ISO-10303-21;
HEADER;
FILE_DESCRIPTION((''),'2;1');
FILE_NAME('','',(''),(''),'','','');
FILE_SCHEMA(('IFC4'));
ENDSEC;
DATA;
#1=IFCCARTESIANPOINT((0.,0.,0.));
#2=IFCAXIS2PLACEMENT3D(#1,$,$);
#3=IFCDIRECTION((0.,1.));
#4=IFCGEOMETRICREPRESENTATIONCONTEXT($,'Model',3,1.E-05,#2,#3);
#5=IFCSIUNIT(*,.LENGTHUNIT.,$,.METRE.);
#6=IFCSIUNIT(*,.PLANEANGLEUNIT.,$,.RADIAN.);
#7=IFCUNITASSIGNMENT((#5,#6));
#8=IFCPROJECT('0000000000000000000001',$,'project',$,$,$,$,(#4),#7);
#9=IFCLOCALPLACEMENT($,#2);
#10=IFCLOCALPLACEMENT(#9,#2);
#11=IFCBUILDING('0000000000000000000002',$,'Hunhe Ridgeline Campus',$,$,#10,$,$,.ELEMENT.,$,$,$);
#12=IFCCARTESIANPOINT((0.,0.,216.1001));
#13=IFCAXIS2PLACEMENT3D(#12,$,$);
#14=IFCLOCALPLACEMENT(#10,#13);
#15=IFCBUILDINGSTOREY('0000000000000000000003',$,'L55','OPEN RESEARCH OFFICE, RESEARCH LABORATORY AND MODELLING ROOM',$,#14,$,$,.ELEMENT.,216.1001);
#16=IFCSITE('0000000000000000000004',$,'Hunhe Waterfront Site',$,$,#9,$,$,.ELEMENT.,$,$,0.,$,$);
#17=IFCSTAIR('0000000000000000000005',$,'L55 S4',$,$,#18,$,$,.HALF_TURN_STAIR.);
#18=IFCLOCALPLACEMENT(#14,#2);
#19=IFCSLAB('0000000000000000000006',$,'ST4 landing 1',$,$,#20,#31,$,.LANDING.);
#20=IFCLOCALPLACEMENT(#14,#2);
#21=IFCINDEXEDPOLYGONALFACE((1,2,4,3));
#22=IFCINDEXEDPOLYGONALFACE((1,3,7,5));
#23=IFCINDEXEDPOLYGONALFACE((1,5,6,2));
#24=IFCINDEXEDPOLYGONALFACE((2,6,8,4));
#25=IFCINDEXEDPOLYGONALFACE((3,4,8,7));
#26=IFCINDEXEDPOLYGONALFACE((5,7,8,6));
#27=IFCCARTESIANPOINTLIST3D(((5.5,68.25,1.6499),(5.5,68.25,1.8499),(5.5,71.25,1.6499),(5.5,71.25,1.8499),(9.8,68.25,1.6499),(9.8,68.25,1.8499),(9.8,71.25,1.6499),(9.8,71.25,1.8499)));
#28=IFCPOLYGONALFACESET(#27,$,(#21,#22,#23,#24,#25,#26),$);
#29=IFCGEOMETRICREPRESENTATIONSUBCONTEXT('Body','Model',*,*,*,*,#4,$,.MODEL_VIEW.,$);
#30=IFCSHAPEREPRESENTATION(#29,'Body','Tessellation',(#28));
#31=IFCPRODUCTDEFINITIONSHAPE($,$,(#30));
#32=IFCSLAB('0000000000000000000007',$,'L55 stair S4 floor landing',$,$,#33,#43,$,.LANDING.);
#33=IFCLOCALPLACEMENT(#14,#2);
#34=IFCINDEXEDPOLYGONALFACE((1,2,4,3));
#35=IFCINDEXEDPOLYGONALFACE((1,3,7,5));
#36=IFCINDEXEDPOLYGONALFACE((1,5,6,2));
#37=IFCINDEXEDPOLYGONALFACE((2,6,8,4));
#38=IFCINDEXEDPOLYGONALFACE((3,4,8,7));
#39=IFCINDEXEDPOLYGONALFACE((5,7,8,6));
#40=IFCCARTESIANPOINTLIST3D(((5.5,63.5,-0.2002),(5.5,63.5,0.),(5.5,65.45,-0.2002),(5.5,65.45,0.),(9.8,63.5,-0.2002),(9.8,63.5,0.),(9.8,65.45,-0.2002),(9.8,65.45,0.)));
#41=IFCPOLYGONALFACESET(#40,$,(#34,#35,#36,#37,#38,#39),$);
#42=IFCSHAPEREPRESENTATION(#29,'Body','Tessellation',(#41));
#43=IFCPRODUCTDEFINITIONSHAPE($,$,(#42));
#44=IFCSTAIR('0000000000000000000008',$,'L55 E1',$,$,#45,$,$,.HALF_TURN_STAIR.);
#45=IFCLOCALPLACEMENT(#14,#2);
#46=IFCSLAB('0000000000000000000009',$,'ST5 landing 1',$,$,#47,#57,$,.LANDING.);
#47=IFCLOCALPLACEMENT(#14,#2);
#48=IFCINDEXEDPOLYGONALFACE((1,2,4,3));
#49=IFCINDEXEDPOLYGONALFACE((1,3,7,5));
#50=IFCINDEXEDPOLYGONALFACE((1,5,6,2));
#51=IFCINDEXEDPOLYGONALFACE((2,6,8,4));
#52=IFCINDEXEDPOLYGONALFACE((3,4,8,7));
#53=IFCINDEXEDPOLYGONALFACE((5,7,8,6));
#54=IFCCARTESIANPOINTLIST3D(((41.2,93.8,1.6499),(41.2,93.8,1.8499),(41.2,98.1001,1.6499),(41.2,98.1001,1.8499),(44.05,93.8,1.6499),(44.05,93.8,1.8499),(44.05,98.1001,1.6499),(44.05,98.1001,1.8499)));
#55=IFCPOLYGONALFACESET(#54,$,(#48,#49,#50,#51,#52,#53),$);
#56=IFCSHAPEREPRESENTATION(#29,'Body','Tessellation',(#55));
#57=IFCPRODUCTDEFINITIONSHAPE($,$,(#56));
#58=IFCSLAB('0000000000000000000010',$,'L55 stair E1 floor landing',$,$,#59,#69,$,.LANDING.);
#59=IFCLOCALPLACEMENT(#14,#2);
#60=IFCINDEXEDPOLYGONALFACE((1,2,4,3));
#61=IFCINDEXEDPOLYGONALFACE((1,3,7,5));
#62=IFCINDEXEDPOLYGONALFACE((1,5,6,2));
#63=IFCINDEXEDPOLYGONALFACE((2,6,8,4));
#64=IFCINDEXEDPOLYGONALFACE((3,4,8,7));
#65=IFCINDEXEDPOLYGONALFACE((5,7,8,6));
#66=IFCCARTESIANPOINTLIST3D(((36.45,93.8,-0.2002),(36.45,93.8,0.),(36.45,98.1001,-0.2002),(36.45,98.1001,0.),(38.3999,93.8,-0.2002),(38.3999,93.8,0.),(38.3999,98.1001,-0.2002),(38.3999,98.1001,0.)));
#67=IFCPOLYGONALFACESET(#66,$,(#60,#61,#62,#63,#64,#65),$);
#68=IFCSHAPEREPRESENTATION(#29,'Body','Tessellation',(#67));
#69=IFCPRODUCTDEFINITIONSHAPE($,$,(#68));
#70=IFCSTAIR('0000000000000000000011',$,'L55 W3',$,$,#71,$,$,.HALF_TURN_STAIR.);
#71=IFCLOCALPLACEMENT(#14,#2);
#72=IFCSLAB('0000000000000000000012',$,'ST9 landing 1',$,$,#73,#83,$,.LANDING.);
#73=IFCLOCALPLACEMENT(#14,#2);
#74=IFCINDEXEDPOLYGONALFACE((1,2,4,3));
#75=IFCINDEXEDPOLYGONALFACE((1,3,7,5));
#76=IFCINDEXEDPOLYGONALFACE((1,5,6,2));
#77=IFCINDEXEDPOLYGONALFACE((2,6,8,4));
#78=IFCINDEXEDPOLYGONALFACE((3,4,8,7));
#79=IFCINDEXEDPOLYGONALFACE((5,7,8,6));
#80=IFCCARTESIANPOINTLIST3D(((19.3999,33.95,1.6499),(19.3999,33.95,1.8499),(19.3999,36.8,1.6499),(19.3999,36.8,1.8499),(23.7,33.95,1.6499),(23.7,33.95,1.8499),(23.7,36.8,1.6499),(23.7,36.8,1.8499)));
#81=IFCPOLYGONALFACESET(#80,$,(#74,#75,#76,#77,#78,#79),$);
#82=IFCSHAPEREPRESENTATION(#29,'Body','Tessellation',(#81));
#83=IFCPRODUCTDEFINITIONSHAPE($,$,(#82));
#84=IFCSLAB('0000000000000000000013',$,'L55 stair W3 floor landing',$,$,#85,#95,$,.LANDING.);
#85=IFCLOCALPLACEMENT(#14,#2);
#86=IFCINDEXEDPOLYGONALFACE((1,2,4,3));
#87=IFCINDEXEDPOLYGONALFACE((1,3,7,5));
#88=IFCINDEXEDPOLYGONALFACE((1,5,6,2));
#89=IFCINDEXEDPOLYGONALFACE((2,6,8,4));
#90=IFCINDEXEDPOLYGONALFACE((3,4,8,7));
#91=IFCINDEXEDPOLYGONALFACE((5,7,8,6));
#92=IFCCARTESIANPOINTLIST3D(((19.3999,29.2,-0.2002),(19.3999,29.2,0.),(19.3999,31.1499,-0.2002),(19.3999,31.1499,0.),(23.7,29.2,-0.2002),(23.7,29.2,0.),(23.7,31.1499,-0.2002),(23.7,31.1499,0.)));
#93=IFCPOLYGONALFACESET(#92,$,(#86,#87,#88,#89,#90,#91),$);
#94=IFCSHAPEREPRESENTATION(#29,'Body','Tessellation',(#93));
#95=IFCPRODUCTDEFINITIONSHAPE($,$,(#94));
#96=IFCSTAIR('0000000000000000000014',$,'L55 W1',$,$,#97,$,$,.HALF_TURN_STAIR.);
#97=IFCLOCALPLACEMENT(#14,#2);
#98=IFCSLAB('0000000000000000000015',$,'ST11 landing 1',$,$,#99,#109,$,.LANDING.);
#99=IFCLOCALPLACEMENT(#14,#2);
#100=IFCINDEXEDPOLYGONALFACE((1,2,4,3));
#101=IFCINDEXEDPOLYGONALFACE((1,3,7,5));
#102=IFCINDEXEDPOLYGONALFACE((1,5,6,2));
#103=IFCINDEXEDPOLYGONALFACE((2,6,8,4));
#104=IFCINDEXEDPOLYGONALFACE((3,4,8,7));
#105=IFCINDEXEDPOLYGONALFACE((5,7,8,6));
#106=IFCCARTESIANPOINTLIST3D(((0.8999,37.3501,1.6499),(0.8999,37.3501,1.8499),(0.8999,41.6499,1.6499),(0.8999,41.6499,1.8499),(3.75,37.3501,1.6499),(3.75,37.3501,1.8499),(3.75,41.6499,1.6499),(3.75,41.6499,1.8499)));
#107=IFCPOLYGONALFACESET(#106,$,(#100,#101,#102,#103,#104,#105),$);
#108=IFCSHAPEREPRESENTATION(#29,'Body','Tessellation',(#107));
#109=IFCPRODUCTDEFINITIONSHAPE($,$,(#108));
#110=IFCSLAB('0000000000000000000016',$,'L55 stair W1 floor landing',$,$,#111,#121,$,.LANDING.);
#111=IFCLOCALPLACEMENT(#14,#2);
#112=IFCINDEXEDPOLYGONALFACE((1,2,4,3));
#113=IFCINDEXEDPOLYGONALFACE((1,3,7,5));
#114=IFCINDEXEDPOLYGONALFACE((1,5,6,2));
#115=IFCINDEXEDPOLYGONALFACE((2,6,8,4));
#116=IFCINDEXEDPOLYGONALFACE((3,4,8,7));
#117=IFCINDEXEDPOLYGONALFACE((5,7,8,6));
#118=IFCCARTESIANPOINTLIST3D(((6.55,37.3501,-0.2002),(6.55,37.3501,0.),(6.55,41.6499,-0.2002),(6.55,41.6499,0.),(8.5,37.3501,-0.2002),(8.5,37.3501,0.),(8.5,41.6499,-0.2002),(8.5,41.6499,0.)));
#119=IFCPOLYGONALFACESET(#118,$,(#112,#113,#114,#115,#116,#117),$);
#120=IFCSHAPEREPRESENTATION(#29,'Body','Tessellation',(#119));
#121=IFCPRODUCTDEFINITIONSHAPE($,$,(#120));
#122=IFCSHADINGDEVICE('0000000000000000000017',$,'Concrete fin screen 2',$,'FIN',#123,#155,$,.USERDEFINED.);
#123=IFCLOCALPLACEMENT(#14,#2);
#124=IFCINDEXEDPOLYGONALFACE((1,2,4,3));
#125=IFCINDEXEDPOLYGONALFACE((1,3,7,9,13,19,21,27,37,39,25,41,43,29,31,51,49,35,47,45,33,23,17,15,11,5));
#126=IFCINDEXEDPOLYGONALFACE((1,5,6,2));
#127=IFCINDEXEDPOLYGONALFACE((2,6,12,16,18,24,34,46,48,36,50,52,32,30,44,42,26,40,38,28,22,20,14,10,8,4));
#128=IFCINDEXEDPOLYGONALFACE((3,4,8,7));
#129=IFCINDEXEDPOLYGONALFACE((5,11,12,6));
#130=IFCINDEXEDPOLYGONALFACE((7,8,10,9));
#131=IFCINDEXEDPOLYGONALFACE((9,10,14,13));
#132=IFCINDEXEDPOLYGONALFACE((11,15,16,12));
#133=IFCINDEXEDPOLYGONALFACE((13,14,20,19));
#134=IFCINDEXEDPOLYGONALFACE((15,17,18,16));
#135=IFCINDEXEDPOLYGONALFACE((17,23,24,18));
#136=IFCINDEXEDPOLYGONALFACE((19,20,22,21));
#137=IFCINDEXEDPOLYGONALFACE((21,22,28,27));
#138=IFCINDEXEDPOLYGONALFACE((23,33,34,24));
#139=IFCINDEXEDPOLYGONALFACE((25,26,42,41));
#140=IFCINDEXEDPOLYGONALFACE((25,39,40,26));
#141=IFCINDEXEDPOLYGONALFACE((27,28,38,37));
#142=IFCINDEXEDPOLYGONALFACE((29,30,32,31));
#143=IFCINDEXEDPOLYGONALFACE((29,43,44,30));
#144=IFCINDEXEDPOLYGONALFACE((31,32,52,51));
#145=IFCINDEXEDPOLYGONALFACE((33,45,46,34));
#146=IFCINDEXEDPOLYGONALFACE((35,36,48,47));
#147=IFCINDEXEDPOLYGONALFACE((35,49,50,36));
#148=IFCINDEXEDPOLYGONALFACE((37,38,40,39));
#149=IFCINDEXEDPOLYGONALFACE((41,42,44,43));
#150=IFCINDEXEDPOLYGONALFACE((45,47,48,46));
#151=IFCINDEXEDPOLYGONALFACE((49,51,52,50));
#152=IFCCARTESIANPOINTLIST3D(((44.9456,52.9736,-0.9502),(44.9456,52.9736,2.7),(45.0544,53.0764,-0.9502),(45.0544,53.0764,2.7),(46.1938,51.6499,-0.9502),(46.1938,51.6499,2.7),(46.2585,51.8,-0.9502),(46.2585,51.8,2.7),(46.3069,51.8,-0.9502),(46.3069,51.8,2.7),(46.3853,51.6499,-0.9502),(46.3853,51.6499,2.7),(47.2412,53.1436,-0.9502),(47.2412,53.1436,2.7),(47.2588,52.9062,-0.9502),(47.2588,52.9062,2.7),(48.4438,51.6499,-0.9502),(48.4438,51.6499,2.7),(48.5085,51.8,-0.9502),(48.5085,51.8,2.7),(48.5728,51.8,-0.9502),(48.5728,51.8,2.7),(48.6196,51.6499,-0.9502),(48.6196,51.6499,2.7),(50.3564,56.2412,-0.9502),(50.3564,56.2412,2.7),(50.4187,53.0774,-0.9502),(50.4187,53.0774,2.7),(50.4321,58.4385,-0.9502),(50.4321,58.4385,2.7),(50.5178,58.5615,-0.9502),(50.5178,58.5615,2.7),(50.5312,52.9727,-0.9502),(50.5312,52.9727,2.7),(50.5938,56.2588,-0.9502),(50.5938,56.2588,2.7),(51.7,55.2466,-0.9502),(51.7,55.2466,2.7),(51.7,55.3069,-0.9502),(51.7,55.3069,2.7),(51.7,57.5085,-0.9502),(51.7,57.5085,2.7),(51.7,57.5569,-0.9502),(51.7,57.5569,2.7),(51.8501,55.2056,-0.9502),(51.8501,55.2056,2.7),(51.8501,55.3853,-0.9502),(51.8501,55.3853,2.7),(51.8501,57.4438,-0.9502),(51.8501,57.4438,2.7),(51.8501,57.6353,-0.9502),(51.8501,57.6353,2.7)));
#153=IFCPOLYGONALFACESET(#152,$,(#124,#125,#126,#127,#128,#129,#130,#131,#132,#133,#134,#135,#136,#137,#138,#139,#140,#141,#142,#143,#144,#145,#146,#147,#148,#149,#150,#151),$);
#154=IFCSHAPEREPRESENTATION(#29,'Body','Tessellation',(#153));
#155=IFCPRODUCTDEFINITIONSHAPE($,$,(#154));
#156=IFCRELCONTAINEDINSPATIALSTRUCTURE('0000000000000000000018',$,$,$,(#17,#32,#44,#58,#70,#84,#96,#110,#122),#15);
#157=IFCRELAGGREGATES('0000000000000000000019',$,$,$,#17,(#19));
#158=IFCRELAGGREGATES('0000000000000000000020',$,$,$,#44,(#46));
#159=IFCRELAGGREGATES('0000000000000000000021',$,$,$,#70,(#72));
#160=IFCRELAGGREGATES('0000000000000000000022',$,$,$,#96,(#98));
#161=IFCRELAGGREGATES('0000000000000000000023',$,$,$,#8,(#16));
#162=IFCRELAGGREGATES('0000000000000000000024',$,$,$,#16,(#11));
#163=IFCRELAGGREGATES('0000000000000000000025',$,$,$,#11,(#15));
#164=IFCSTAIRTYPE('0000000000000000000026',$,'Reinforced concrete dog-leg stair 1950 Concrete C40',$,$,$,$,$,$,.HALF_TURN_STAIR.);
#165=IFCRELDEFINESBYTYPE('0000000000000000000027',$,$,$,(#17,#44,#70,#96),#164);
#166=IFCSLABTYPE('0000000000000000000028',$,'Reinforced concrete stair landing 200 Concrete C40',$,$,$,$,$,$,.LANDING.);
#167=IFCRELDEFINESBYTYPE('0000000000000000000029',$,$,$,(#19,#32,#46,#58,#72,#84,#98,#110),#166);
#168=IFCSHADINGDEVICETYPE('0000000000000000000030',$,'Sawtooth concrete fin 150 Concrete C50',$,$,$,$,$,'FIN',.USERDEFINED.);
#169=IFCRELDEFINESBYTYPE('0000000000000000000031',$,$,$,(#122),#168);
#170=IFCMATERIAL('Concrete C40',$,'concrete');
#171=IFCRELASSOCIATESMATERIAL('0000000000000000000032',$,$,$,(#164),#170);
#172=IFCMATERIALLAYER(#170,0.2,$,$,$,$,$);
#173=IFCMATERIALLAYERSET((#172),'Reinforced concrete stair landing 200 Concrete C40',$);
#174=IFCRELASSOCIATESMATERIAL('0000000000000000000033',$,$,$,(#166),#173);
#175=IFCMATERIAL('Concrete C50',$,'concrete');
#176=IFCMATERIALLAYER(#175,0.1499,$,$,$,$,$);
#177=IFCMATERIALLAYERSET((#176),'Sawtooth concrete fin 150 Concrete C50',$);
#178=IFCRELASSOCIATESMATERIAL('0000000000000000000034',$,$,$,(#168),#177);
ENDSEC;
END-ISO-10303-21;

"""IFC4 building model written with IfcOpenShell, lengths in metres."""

from ifc_helpers import new_model, si_unit, direction, frame, origin, place, context, subcontext, project, spatial, polyline, outline, extrude, material, layer, layer_set, type_object, element, aggregate, save


model = new_model("IFC4")

# Units and contexts
model_context = context("Model", 3, precision=1e-05, world=origin(), true_north=direction((0.0, 1.0)))
body_context = subcontext(model_context, "Body", "Model", "MODEL_VIEW")
ifc_project = project(units=[si_unit("LENGTHUNIT", "METRE"), si_unit("PLANEANGLEUNIT", "RADIAN")], contexts=[model_context])

# Site, building, storey
site_placement = place(None, origin())
site = spatial("IfcSite", under=ifc_project, at=site_placement, Name="Hunhe Waterfront Site", CompositionType="ELEMENT", RefElevation=0.0)
building_placement = place(site_placement, origin())
building = spatial("IfcBuilding", under=site, at=building_placement, Name="Hunhe Ridgeline Campus", CompositionType="ELEMENT")
storey_placement = place(building_placement, frame((0.0, 0.0, 216.1001)))
storey = spatial("IfcBuildingStorey", under=building, at=storey_placement, Name="L55", Description="OPEN RESEARCH OFFICE, RESEARCH LABORATORY AND MODELLING ROOM", CompositionType="ELEMENT", Elevation=216.1001)

# Shared definitions
ifc_material_1 = material(Name="Concrete C40", Category="concrete")

# Shared definitions
stair_type = type_object("IfcStairType", Name="Reinforced concrete dog-leg stair 1950 Concrete C40", PredefinedType="HALF_TURN_STAIR", material=ifc_material_1)
ifc_layer_1 = layer(ifc_material_1, 0.2)
ifc_layer_set_1 = layer_set([ifc_layer_1], Name="Reinforced concrete stair landing 200 Concrete C40")
slab_type_1 = type_object("IfcSlabType", Name="Reinforced concrete stair landing 200 Concrete C40", PredefinedType="LANDING", material=ifc_layer_set_1)

# Stair, slab
stair_1_placement = place(storey_placement, origin())
stair_1 = element("IfcStair", 1, at=stair_1_placement, inside=storey, type_object=stair_type, Name="L55 S4", PredefinedType="HALF_TURN_STAIR")
slab_1_placement = place(storey_placement, frame((0.0, 0.0, 1.6499)))
slab_1 = element("IfcSlab", 2, at=slab_1_placement, type_object=slab_type_1, Name="ST4 landing 1", PredefinedType="LANDING", context=body_context, shape_type="SweptSolid", body=[
    extrude(outline(polyline([(9.8, 68.25), (9.8, 71.25), (5.5, 71.25), (5.5, 68.25), (9.8, 68.25)])), origin(), (0.0, 0.0, 1.0), 0.2),
])
aggregate(stair_1, [slab_1])

# Slab
slab_2_placement = place(storey_placement, frame((0.0, 0.0, -0.2002)))
element("IfcSlab", 3, at=slab_2_placement, inside=storey, type_object=slab_type_1, Name="L55 stair S4 floor landing", PredefinedType="LANDING", context=body_context, shape_type="SweptSolid", body=[
    extrude(outline(polyline([(9.8, 63.5), (9.8, 65.45), (5.5, 65.45), (5.5, 63.5), (9.8, 63.5)])), origin(), (0.0, 0.0, 1.0), 0.2002),
])

# Stair, slab
stair_2_placement = place(storey_placement, origin())
stair_2 = element("IfcStair", 4, at=stair_2_placement, inside=storey, type_object=stair_type, Name="L55 E1", PredefinedType="HALF_TURN_STAIR")
slab_3_placement = place(storey_placement, frame((0.0, 0.0, 1.6499)))
slab_3 = element("IfcSlab", 5, at=slab_3_placement, type_object=slab_type_1, Name="ST5 landing 1", PredefinedType="LANDING", context=body_context, shape_type="SweptSolid", body=[
    extrude(outline(polyline([(41.2, 93.8), (44.05, 93.8), (44.05, 98.1001), (41.2, 98.1001), (41.2, 93.8)])), origin(), (0.0, 0.0, 1.0), 0.2),
])
aggregate(stair_2, [slab_3])

# Slab
slab_4_placement = place(storey_placement, frame((0.0, 0.0, -0.2002)))
element("IfcSlab", 6, at=slab_4_placement, inside=storey, type_object=slab_type_1, Name="L55 stair E1 floor landing", PredefinedType="LANDING", context=body_context, shape_type="SweptSolid", body=[
    extrude(outline(polyline([(36.45, 93.8), (38.3999, 93.8), (38.3999, 98.1001), (36.45, 98.1001), (36.45, 93.8)])), origin(), (0.0, 0.0, 1.0), 0.2002),
])

# Stair, slab
stair_3_placement = place(storey_placement, origin())
stair_3 = element("IfcStair", 7, at=stair_3_placement, inside=storey, type_object=stair_type, Name="L55 W3", PredefinedType="HALF_TURN_STAIR")
slab_5_placement = place(storey_placement, frame((0.0, 0.0, 1.6499)))
slab_5 = element("IfcSlab", 8, at=slab_5_placement, type_object=slab_type_1, Name="ST9 landing 1", PredefinedType="LANDING", context=body_context, shape_type="SweptSolid", body=[
    extrude(outline(polyline([(23.7, 33.95), (23.7, 36.8), (19.3999, 36.8), (19.3999, 33.95), (23.7, 33.95)])), origin(), (0.0, 0.0, 1.0), 0.2),
])
aggregate(stair_3, [slab_5])

# Slab
slab_6_placement = place(storey_placement, frame((0.0, 0.0, -0.2002)))
element("IfcSlab", 9, at=slab_6_placement, inside=storey, type_object=slab_type_1, Name="L55 stair W3 floor landing", PredefinedType="LANDING", context=body_context, shape_type="SweptSolid", body=[
    extrude(outline(polyline([(23.7, 29.2), (23.7, 31.1499), (19.3999, 31.1499), (19.3999, 29.2), (23.7, 29.2)])), origin(), (0.0, 0.0, 1.0), 0.2002),
])

# Stair, slab
stair_4_placement = place(storey_placement, origin())
stair_4 = element("IfcStair", 10, at=stair_4_placement, inside=storey, type_object=stair_type, Name="L55 W1", PredefinedType="HALF_TURN_STAIR")
slab_7_placement = place(storey_placement, frame((0.0, 0.0, 1.6499)))
slab_7 = element("IfcSlab", 11, at=slab_7_placement, type_object=slab_type_1, Name="ST11 landing 1", PredefinedType="LANDING", context=body_context, shape_type="SweptSolid", body=[
    extrude(outline(polyline([(3.75, 41.6499), (0.8999, 41.6499), (0.8999, 37.3501), (3.75, 37.3501), (3.75, 41.6499)])), origin(), (0.0, 0.0, 1.0), 0.2),
])
aggregate(stair_4, [slab_7])

# Slab
slab_8_placement = place(storey_placement, frame((0.0, 0.0, -0.2002)))
element("IfcSlab", 12, at=slab_8_placement, inside=storey, type_object=slab_type_1, Name="L55 stair W1 floor landing", PredefinedType="LANDING", context=body_context, shape_type="SweptSolid", body=[
    extrude(outline(polyline([(8.5, 41.6499), (6.55, 41.6499), (6.55, 37.3501), (8.5, 37.3501), (8.5, 41.6499)])), origin(), (0.0, 0.0, 1.0), 0.2002),
])

# Shading device
ifc_material_2 = material(Name="Concrete C50", Category="concrete")
ifc_layer_2 = layer(ifc_material_2, 0.1499)
ifc_layer_set_2 = layer_set([ifc_layer_2], Name="Sawtooth concrete fin 150 Concrete C50")
shading_device_type = type_object("IfcShadingDeviceType", Name="Sawtooth concrete fin 150 Concrete C50", ElementType="FIN", PredefinedType="USERDEFINED", material=ifc_layer_set_2)
shading_device_1_placement = place(storey_placement, frame((0.0, 0.0, -0.9502)))
element("IfcShadingDevice", 13, at=shading_device_1_placement, inside=storey, type_object=shading_device_type, Name="Concrete fin screen 2", ObjectType="FIN", PredefinedType="USERDEFINED", context=body_context, shape_type="SweptSolid", body=[
    extrude(outline(polyline([(45.0544, 53.0764), (44.9456, 52.9736), (46.1938, 51.6499), (46.3853, 51.6499), (47.2588, 52.9062), (48.4438, 51.6499), (48.6196, 51.6499), (50.5312, 52.9727), (51.8501, 55.2056), (51.8501, 55.3853), (50.5938, 56.2588), (51.8501, 57.4438), (51.8501, 57.6353), (50.5178, 58.5615), (50.4321, 58.4385), (51.7, 57.5569), (51.7, 57.5085), (50.3564, 56.2412), (51.7, 55.3069), (51.7, 55.2466), (50.4187, 53.0774), (48.5728, 51.8), (48.5085, 51.8), (47.2412, 53.1436), (46.3069, 51.8), (46.2585, 51.8), (45.0544, 53.0764)])), origin(), (0.0, 0.0, 1.0), 3.6501),
])

save(model, "model.ifc")
